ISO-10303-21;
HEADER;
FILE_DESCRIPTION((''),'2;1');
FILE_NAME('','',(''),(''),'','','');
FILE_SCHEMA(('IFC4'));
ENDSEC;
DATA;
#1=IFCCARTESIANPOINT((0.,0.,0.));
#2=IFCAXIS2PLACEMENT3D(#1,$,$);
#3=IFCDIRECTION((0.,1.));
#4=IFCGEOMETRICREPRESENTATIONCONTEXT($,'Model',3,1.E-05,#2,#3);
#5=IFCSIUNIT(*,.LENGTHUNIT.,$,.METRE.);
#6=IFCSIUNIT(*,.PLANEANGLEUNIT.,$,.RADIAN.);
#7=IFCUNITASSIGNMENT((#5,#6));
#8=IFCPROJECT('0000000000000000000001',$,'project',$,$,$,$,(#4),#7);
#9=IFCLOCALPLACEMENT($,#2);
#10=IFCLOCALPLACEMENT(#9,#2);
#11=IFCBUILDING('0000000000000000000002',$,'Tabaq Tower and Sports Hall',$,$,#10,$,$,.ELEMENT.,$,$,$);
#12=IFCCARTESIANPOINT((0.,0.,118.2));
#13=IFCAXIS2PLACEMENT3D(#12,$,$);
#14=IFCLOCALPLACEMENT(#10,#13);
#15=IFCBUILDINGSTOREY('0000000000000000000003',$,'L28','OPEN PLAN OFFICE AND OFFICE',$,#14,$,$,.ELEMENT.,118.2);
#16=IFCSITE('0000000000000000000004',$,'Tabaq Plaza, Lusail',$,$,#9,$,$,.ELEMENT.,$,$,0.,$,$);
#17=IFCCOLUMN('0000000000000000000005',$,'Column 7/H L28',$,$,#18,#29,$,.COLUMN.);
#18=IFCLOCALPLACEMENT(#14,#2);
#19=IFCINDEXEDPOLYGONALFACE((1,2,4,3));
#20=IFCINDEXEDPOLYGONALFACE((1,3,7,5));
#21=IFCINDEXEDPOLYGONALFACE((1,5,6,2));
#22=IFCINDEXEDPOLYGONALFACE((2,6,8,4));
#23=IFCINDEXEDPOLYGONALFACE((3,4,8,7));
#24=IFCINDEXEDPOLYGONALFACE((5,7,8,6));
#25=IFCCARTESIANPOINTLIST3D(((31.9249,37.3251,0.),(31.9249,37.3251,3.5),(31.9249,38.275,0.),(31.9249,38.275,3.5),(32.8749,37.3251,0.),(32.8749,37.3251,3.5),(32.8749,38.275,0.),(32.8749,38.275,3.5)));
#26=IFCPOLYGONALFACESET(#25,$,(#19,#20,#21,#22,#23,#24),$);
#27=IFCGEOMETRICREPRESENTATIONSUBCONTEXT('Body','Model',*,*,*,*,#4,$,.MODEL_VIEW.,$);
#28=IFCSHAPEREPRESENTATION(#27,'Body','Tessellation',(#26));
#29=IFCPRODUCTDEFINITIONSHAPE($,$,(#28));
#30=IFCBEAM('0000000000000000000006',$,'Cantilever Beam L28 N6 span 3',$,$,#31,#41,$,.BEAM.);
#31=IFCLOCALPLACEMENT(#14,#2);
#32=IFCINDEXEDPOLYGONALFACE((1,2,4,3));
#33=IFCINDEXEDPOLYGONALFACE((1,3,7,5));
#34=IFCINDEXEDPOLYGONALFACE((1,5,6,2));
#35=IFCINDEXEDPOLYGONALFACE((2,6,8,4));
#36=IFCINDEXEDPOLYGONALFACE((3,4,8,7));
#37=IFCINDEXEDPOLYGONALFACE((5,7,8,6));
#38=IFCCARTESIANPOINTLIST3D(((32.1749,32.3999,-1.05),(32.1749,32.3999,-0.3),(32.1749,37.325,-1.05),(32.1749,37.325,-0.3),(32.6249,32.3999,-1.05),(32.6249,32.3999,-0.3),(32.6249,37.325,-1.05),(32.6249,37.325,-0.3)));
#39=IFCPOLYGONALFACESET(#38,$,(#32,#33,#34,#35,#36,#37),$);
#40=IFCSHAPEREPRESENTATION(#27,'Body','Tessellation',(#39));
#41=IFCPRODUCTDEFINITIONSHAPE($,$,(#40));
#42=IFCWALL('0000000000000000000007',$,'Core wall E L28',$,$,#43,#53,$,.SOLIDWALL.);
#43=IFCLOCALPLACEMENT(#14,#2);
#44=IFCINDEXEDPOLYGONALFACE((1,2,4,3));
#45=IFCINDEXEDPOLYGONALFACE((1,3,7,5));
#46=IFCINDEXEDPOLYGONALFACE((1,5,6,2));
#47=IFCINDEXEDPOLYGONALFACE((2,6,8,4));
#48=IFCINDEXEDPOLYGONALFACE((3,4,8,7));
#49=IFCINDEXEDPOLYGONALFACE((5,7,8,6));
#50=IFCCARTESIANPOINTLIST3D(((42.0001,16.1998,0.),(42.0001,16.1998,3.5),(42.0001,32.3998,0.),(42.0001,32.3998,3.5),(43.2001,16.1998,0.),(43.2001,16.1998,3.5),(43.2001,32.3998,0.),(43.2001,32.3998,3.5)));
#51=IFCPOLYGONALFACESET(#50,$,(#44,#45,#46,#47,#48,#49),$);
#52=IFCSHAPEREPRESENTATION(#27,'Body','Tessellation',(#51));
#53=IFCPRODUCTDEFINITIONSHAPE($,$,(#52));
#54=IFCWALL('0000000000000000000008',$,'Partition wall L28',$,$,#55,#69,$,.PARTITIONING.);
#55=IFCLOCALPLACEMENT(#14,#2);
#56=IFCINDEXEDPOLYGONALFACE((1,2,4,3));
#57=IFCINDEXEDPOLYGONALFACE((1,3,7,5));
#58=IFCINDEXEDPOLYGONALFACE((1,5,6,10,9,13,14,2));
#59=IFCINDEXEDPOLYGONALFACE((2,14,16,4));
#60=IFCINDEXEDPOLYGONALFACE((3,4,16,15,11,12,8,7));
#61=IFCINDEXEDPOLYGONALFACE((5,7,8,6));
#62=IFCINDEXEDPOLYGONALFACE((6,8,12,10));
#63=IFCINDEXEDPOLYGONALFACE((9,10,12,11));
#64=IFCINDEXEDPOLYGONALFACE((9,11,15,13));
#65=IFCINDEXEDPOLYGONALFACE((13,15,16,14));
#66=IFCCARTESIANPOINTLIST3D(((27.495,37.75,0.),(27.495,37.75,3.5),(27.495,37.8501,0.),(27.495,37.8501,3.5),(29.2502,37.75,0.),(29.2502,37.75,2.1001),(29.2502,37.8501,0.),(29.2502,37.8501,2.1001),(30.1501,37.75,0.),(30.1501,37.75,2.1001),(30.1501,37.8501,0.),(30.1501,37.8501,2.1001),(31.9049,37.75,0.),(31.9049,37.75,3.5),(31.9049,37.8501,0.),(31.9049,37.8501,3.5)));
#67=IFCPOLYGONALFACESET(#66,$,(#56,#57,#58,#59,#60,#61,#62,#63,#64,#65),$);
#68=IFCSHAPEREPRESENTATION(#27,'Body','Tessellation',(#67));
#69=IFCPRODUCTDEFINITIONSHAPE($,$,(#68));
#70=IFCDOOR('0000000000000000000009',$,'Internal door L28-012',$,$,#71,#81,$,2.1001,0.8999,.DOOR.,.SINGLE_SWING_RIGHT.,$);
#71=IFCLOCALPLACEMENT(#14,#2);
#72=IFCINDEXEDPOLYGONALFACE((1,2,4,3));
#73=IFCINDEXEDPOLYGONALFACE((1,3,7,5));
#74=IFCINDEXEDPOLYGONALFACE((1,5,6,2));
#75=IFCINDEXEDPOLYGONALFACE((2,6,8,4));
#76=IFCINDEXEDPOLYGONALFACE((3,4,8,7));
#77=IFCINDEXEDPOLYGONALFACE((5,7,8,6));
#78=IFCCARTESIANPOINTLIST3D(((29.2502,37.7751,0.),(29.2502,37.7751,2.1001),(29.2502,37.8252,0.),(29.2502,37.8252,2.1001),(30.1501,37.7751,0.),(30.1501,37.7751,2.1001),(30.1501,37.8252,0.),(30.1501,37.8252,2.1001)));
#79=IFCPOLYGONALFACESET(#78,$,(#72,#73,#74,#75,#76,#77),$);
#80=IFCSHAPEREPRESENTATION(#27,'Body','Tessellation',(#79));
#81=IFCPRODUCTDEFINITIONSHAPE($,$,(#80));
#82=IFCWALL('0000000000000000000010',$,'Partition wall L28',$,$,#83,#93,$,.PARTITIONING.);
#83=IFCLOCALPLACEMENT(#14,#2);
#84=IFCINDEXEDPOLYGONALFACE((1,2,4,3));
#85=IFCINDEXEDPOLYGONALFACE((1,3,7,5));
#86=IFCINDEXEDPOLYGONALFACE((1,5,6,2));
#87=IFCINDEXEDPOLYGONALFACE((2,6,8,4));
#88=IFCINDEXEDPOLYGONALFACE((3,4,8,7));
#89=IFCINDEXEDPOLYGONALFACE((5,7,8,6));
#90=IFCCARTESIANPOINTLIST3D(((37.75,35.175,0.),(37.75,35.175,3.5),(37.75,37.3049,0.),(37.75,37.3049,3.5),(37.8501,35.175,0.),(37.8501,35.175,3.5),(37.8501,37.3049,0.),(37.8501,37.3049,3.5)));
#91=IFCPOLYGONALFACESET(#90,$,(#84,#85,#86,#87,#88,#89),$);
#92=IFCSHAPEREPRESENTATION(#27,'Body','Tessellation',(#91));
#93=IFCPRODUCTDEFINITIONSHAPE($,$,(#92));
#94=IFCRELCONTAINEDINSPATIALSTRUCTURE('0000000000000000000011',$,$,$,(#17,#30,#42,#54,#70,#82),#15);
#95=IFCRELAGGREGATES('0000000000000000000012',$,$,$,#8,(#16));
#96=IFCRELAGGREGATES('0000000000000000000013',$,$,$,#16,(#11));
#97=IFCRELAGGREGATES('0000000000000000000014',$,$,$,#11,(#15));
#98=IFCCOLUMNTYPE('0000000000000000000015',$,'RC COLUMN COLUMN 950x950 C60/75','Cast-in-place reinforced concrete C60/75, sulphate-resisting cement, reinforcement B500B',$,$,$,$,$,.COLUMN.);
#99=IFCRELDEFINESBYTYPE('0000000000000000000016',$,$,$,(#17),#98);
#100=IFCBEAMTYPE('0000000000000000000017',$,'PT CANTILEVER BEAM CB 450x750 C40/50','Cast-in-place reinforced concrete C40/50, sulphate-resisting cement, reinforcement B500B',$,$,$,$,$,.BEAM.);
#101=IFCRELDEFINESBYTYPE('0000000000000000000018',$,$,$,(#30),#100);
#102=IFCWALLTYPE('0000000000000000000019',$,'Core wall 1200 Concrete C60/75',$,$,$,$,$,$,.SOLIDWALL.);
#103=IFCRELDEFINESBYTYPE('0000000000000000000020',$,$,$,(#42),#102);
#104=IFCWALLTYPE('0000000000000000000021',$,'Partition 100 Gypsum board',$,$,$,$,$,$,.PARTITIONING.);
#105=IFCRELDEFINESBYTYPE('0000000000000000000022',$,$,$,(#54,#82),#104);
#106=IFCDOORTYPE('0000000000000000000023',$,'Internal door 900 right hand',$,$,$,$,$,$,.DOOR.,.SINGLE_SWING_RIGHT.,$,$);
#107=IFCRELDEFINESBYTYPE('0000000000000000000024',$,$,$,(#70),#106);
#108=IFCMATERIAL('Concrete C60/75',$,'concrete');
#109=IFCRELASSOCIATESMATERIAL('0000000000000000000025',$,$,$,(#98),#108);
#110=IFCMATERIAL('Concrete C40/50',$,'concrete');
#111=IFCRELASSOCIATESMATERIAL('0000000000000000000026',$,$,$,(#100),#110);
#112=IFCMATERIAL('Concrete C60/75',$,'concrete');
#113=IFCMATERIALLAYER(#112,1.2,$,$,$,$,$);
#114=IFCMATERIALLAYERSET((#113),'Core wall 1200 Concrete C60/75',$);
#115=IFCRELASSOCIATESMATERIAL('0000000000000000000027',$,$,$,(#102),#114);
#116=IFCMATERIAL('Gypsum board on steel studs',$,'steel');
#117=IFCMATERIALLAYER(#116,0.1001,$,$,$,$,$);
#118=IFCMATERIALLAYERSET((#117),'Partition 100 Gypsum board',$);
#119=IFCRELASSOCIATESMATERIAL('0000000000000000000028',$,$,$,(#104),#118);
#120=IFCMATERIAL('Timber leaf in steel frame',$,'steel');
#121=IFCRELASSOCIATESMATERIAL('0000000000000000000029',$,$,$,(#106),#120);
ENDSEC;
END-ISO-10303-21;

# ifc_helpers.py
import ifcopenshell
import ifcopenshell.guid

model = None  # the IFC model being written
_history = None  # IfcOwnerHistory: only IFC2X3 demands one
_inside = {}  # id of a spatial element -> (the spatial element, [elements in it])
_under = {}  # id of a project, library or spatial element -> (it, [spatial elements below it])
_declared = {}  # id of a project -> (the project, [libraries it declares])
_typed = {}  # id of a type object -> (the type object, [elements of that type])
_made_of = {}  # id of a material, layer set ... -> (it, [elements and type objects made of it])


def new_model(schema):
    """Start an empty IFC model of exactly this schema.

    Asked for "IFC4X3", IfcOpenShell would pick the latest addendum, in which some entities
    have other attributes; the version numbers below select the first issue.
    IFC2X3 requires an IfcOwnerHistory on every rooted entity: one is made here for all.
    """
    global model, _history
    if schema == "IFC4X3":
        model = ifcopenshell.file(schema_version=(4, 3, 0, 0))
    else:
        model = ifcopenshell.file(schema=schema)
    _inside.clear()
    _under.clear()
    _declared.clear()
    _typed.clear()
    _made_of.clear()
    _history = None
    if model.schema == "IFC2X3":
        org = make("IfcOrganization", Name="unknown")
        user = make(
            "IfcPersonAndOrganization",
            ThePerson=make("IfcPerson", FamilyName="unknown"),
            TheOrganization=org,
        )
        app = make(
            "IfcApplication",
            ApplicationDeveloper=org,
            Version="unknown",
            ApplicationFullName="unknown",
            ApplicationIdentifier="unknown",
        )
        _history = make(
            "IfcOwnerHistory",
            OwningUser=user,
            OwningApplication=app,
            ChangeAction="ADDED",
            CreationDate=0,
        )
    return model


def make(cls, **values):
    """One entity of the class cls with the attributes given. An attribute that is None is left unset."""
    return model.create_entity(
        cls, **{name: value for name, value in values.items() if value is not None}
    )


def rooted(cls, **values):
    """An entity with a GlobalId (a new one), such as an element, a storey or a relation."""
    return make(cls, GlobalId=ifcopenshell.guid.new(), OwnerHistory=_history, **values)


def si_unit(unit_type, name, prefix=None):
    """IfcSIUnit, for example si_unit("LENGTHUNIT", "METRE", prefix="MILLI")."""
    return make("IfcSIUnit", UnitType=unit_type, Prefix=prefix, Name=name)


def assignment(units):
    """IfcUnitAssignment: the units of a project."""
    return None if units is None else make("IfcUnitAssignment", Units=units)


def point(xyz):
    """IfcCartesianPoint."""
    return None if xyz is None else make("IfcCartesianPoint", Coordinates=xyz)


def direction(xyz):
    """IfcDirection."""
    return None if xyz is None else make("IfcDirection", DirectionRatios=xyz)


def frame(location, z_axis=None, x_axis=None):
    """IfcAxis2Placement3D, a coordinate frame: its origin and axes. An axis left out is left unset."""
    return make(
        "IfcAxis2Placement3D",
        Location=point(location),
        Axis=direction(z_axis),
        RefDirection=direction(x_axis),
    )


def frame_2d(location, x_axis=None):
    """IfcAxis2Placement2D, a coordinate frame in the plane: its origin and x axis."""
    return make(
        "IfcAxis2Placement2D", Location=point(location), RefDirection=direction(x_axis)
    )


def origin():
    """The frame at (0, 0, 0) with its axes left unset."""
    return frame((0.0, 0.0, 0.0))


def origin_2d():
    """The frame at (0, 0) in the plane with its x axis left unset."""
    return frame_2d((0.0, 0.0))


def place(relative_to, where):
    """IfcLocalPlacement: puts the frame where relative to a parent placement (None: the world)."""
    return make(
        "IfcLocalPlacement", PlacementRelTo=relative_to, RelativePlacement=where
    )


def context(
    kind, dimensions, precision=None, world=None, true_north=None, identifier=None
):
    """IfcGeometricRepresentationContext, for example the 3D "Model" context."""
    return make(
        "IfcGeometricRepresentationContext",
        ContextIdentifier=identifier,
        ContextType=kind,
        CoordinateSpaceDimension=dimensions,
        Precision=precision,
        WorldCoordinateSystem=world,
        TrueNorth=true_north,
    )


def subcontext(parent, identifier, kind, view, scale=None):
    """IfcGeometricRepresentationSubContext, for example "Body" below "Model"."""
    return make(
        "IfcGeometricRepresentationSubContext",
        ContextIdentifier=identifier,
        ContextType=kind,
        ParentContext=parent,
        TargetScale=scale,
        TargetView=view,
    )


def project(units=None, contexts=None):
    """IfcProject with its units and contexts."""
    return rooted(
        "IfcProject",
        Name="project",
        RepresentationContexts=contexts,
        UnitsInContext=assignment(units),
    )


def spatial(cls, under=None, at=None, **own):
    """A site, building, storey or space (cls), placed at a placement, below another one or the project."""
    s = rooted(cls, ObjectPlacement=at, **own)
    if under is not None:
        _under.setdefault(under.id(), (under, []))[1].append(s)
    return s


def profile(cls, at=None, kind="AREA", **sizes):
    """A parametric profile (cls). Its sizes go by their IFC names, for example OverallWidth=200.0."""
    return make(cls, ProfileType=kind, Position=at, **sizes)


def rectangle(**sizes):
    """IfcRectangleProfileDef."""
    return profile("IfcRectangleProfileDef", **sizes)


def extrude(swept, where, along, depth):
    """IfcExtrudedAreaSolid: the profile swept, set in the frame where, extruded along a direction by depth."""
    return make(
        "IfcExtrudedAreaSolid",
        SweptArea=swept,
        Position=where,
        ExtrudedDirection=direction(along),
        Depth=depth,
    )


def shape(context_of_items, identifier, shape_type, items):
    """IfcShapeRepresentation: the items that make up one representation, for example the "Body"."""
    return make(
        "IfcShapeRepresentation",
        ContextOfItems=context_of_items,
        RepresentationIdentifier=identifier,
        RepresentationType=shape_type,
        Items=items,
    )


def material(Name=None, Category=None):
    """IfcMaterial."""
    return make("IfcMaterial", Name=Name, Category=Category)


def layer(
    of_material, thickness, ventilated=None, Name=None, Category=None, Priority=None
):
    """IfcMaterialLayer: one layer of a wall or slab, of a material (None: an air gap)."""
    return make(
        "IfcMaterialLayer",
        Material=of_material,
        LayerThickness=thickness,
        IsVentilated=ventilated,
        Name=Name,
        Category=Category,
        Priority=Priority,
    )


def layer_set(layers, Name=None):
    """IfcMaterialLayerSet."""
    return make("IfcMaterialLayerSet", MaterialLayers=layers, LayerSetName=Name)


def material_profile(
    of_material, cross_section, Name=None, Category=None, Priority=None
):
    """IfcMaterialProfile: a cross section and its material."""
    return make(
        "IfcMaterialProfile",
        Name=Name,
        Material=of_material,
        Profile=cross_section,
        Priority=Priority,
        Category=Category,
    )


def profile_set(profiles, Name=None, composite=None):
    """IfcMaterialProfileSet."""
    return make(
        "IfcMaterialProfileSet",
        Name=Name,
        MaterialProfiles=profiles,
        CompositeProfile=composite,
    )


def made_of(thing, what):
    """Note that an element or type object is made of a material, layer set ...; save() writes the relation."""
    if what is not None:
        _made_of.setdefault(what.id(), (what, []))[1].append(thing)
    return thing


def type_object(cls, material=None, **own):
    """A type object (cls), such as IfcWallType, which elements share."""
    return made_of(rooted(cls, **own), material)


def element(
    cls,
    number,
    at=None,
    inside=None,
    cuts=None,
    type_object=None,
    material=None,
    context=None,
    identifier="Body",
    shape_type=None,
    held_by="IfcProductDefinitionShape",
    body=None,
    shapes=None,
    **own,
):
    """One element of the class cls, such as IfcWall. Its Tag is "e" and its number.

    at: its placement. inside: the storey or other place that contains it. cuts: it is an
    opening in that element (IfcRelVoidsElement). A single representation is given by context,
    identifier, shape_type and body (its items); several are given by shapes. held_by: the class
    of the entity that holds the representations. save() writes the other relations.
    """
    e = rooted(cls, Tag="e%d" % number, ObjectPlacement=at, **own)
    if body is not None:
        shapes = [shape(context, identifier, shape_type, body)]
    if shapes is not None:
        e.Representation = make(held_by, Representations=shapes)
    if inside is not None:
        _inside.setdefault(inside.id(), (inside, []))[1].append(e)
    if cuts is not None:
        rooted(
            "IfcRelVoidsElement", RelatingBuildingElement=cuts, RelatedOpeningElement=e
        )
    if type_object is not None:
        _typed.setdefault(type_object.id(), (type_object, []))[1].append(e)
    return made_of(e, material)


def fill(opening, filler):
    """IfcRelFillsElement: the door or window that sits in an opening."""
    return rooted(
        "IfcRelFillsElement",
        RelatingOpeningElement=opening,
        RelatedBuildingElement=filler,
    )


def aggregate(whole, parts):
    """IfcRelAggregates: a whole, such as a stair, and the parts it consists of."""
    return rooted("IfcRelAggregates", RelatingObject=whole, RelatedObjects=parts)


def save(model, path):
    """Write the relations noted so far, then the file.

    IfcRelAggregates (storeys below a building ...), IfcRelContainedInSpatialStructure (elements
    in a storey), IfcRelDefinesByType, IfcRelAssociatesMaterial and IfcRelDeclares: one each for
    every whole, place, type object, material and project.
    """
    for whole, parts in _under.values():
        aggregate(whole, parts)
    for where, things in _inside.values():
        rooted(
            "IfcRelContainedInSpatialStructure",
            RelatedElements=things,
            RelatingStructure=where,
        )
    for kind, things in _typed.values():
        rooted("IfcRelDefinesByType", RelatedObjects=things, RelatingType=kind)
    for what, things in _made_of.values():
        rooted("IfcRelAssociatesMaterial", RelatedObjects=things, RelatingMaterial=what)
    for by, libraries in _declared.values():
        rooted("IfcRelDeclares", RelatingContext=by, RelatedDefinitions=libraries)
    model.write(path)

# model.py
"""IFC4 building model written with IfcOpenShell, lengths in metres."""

from ifc_helpers import new_model, si_unit, direction, frame, frame_2d, origin, origin_2d, place, context, subcontext, project, spatial, rectangle, extrude, material, layer, layer_set, material_profile, profile_set, type_object, element, fill, save


model = new_model("IFC4")

# Units and contexts
model_context = context("Model", 3, precision=1e-05, world=origin(), true_north=direction((0.0, 1.0)))
body_context = subcontext(model_context, "Body", "Model", "MODEL_VIEW")
ifc_project = project(units=[si_unit("LENGTHUNIT", "METRE"), si_unit("PLANEANGLEUNIT", "RADIAN")], contexts=[model_context])

# Site, building, storey
site_placement = place(None, origin())
site = spatial("IfcSite", under=ifc_project, at=site_placement, Name="Tabaq Plaza, Lusail", CompositionType="ELEMENT", RefElevation=0.0)
building_placement = place(site_placement, origin())
building = spatial("IfcBuilding", under=site, at=building_placement, Name="Tabaq Tower and Sports Hall", CompositionType="ELEMENT")
storey_placement = place(building_placement, frame((0.0, 0.0, 118.2)))
storey = spatial("IfcBuildingStorey", under=building, at=storey_placement, Name="L28", Description="OPEN PLAN OFFICE AND OFFICE", CompositionType="ELEMENT", Elevation=118.2)

# Column
ifc_material_1 = material(Name="Concrete C60/75", Category="concrete")
ifc_material_profile_1 = material_profile(ifc_material_1, rectangle(XDim=0.95, YDim=0.95, at=origin_2d()), Name="COLUMN 950x950")
ifc_profile_set_1 = profile_set([ifc_material_profile_1], Name="Concrete C60/75")
column_type = type_object("IfcColumnType", Name="RC COLUMN COLUMN 950x950 C60/75", Description="Cast-in-place reinforced concrete C60/75, sulphate-resisting cement, reinforcement B500B", PredefinedType="COLUMN", material=ifc_profile_set_1)
column_placement = place(storey_placement, frame((32.3999, 37.8, 0.0), z_axis=(0.0, 0.0, 1.0), x_axis=(1.0, 0.0, 0.0)))
element("IfcColumn", 1, at=column_placement, inside=storey, type_object=column_type, Name="Column 7/H L28", PredefinedType="COLUMN", context=body_context, shape_type="SweptSolid", body=[
    extrude(rectangle(XDim=0.95, YDim=0.95, at=origin_2d()), origin(), (0.0, 0.0, 1.0), 3.5),
])

# Beam
ifc_material_2 = material(Name="Concrete C40/50", Category="concrete")
ifc_material_profile_2 = material_profile(ifc_material_2, rectangle(XDim=0.45, YDim=0.75, at=origin_2d()), Name="CB 450x750")
ifc_profile_set_2 = profile_set([ifc_material_profile_2], Name="Concrete C40/50")
beam_type = type_object("IfcBeamType", Name="PT CANTILEVER BEAM CB 450x750 C40/50", Description="Cast-in-place reinforced concrete C40/50, sulphate-resisting cement, reinforcement B500B", PredefinedType="BEAM", material=ifc_profile_set_2)
beam_placement = place(storey_placement, frame((32.3999, 37.325, -0.675), z_axis=(0.0, -1.0, 0.0), x_axis=(1.0, 0.0, 0.0)))
element("IfcBeam", 2, at=beam_placement, inside=storey, type_object=beam_type, Name="Cantilever Beam L28 N6 span 3", PredefinedType="BEAM", context=body_context, shape_type="SweptSolid", body=[
    extrude(rectangle(XDim=0.45, YDim=0.75, at=origin_2d()), origin(), (0.0, 0.0, 1.0), 4.925),
])

# Wall
ifc_material_3 = material(Name="Concrete C60/75", Category="concrete")
ifc_layer_1 = layer(ifc_material_3, 1.2)
ifc_layer_set_1 = layer_set([ifc_layer_1], Name="Core wall 1200 Concrete C60/75")
wall_type_1 = type_object("IfcWallType", Name="Core wall 1200 Concrete C60/75", PredefinedType="SOLIDWALL", material=ifc_layer_set_1)
wall_1_placement = place(storey_placement, frame((42.6001, 32.3999, 0.0), z_axis=(0.0, 0.0, 1.0), x_axis=(0.0, -1.0, 0.0)))
element("IfcWall", 3, at=wall_1_placement, inside=storey, type_object=wall_type_1, Name="Core wall E L28", PredefinedType="SOLIDWALL", context=body_context, shape_type="SweptSolid", body=[
    extrude(rectangle(XDim=16.2, YDim=1.2, at=frame_2d((8.1001, 0.0))), origin(), (0.0, 0.0, 1.0), 3.5),
])

# Wall, opening, door
ifc_material_4 = material(Name="Gypsum board on steel studs", Category="steel")
ifc_layer_2 = layer(ifc_material_4, 0.1001)
ifc_layer_set_2 = layer_set([ifc_layer_2], Name="Partition 100 Gypsum board")
wall_type_2 = type_object("IfcWallType", Name="Partition 100 Gypsum board", PredefinedType="PARTITIONING", material=ifc_layer_set_2)
wall_2_placement = place(storey_placement, frame((31.905, 37.8, 0.0), z_axis=(0.0, 0.0, 1.0), x_axis=(-1.0, 0.0, 0.0)))
wall_2 = element("IfcWall", 4, at=wall_2_placement, inside=storey, type_object=wall_type_2, Name="Partition wall L28", PredefinedType="PARTITIONING", context=body_context, shape_type="SweptSolid", body=[
    extrude(rectangle(XDim=4.4099, YDim=0.1001, at=frame_2d((2.2051, 0.0))), origin(), (0.0, 0.0, 1.0), 3.5),
])
opening_1_placement = place(wall_2_placement, frame((1.7549, 0.0, 0.0)))
opening_1 = element("IfcOpeningElement", 5, at=opening_1_placement, cuts=wall_2, PredefinedType="OPENING", context=body_context, shape_type="SweptSolid", body=[
    extrude(rectangle(XDim=0.8999, YDim=2.1001, at=frame_2d((0.45, 1.05))), frame((0.0, 0.05, 0.0), z_axis=(0.0, -1.0, 0.0), x_axis=(1.0, 0.0, 0.0)), (0.0, 0.0, 1.0), 0.1001),
])
ifc_material_5 = material(Name="Timber leaf in steel frame", Category="steel")
door_type_1 = type_object("IfcDoorType", Name="Internal door 900 right hand", OperationType="SINGLE_SWING_RIGHT", PredefinedType="DOOR", material=ifc_material_5)
door_1_placement = place(opening_1_placement, origin())
door_1 = element("IfcDoor", 6, at=door_1_placement, inside=storey, type_object=door_type_1, Name="Internal door L28-012", OperationType="SINGLE_SWING_RIGHT", OverallHeight=2.1001, OverallWidth=0.8999, PredefinedType="DOOR", context=body_context, shape_type="SweptSolid", body=[
    extrude(rectangle(XDim=0.8999, YDim=2.1001, at=frame_2d((0.45, 1.05))), frame((0.0, 0.0249, 0.0), z_axis=(0.0, -1.0, 0.0), x_axis=(1.0, 0.0, 0.0)), (0.0, 0.0, 1.0), 0.05),
])
fill(opening_1, door_1)

# Wall
wall_3_placement = place(storey_placement, frame((37.8, 35.175, 0.0), z_axis=(0.0, 0.0, 1.0), x_axis=(0.0, 1.0, 0.0)))
element("IfcWall", 7, at=wall_3_placement, inside=storey, type_object=wall_type_2, Name="Partition wall L28", PredefinedType="PARTITIONING", context=body_context, shape_type="SweptSolid", body=[
    extrude(rectangle(XDim=2.1299, YDim=0.1001, at=frame_2d((1.0649, 0.0))), origin(), (0.0, 0.0, 1.0), 3.5),
])

save(model, "model.ifc")
